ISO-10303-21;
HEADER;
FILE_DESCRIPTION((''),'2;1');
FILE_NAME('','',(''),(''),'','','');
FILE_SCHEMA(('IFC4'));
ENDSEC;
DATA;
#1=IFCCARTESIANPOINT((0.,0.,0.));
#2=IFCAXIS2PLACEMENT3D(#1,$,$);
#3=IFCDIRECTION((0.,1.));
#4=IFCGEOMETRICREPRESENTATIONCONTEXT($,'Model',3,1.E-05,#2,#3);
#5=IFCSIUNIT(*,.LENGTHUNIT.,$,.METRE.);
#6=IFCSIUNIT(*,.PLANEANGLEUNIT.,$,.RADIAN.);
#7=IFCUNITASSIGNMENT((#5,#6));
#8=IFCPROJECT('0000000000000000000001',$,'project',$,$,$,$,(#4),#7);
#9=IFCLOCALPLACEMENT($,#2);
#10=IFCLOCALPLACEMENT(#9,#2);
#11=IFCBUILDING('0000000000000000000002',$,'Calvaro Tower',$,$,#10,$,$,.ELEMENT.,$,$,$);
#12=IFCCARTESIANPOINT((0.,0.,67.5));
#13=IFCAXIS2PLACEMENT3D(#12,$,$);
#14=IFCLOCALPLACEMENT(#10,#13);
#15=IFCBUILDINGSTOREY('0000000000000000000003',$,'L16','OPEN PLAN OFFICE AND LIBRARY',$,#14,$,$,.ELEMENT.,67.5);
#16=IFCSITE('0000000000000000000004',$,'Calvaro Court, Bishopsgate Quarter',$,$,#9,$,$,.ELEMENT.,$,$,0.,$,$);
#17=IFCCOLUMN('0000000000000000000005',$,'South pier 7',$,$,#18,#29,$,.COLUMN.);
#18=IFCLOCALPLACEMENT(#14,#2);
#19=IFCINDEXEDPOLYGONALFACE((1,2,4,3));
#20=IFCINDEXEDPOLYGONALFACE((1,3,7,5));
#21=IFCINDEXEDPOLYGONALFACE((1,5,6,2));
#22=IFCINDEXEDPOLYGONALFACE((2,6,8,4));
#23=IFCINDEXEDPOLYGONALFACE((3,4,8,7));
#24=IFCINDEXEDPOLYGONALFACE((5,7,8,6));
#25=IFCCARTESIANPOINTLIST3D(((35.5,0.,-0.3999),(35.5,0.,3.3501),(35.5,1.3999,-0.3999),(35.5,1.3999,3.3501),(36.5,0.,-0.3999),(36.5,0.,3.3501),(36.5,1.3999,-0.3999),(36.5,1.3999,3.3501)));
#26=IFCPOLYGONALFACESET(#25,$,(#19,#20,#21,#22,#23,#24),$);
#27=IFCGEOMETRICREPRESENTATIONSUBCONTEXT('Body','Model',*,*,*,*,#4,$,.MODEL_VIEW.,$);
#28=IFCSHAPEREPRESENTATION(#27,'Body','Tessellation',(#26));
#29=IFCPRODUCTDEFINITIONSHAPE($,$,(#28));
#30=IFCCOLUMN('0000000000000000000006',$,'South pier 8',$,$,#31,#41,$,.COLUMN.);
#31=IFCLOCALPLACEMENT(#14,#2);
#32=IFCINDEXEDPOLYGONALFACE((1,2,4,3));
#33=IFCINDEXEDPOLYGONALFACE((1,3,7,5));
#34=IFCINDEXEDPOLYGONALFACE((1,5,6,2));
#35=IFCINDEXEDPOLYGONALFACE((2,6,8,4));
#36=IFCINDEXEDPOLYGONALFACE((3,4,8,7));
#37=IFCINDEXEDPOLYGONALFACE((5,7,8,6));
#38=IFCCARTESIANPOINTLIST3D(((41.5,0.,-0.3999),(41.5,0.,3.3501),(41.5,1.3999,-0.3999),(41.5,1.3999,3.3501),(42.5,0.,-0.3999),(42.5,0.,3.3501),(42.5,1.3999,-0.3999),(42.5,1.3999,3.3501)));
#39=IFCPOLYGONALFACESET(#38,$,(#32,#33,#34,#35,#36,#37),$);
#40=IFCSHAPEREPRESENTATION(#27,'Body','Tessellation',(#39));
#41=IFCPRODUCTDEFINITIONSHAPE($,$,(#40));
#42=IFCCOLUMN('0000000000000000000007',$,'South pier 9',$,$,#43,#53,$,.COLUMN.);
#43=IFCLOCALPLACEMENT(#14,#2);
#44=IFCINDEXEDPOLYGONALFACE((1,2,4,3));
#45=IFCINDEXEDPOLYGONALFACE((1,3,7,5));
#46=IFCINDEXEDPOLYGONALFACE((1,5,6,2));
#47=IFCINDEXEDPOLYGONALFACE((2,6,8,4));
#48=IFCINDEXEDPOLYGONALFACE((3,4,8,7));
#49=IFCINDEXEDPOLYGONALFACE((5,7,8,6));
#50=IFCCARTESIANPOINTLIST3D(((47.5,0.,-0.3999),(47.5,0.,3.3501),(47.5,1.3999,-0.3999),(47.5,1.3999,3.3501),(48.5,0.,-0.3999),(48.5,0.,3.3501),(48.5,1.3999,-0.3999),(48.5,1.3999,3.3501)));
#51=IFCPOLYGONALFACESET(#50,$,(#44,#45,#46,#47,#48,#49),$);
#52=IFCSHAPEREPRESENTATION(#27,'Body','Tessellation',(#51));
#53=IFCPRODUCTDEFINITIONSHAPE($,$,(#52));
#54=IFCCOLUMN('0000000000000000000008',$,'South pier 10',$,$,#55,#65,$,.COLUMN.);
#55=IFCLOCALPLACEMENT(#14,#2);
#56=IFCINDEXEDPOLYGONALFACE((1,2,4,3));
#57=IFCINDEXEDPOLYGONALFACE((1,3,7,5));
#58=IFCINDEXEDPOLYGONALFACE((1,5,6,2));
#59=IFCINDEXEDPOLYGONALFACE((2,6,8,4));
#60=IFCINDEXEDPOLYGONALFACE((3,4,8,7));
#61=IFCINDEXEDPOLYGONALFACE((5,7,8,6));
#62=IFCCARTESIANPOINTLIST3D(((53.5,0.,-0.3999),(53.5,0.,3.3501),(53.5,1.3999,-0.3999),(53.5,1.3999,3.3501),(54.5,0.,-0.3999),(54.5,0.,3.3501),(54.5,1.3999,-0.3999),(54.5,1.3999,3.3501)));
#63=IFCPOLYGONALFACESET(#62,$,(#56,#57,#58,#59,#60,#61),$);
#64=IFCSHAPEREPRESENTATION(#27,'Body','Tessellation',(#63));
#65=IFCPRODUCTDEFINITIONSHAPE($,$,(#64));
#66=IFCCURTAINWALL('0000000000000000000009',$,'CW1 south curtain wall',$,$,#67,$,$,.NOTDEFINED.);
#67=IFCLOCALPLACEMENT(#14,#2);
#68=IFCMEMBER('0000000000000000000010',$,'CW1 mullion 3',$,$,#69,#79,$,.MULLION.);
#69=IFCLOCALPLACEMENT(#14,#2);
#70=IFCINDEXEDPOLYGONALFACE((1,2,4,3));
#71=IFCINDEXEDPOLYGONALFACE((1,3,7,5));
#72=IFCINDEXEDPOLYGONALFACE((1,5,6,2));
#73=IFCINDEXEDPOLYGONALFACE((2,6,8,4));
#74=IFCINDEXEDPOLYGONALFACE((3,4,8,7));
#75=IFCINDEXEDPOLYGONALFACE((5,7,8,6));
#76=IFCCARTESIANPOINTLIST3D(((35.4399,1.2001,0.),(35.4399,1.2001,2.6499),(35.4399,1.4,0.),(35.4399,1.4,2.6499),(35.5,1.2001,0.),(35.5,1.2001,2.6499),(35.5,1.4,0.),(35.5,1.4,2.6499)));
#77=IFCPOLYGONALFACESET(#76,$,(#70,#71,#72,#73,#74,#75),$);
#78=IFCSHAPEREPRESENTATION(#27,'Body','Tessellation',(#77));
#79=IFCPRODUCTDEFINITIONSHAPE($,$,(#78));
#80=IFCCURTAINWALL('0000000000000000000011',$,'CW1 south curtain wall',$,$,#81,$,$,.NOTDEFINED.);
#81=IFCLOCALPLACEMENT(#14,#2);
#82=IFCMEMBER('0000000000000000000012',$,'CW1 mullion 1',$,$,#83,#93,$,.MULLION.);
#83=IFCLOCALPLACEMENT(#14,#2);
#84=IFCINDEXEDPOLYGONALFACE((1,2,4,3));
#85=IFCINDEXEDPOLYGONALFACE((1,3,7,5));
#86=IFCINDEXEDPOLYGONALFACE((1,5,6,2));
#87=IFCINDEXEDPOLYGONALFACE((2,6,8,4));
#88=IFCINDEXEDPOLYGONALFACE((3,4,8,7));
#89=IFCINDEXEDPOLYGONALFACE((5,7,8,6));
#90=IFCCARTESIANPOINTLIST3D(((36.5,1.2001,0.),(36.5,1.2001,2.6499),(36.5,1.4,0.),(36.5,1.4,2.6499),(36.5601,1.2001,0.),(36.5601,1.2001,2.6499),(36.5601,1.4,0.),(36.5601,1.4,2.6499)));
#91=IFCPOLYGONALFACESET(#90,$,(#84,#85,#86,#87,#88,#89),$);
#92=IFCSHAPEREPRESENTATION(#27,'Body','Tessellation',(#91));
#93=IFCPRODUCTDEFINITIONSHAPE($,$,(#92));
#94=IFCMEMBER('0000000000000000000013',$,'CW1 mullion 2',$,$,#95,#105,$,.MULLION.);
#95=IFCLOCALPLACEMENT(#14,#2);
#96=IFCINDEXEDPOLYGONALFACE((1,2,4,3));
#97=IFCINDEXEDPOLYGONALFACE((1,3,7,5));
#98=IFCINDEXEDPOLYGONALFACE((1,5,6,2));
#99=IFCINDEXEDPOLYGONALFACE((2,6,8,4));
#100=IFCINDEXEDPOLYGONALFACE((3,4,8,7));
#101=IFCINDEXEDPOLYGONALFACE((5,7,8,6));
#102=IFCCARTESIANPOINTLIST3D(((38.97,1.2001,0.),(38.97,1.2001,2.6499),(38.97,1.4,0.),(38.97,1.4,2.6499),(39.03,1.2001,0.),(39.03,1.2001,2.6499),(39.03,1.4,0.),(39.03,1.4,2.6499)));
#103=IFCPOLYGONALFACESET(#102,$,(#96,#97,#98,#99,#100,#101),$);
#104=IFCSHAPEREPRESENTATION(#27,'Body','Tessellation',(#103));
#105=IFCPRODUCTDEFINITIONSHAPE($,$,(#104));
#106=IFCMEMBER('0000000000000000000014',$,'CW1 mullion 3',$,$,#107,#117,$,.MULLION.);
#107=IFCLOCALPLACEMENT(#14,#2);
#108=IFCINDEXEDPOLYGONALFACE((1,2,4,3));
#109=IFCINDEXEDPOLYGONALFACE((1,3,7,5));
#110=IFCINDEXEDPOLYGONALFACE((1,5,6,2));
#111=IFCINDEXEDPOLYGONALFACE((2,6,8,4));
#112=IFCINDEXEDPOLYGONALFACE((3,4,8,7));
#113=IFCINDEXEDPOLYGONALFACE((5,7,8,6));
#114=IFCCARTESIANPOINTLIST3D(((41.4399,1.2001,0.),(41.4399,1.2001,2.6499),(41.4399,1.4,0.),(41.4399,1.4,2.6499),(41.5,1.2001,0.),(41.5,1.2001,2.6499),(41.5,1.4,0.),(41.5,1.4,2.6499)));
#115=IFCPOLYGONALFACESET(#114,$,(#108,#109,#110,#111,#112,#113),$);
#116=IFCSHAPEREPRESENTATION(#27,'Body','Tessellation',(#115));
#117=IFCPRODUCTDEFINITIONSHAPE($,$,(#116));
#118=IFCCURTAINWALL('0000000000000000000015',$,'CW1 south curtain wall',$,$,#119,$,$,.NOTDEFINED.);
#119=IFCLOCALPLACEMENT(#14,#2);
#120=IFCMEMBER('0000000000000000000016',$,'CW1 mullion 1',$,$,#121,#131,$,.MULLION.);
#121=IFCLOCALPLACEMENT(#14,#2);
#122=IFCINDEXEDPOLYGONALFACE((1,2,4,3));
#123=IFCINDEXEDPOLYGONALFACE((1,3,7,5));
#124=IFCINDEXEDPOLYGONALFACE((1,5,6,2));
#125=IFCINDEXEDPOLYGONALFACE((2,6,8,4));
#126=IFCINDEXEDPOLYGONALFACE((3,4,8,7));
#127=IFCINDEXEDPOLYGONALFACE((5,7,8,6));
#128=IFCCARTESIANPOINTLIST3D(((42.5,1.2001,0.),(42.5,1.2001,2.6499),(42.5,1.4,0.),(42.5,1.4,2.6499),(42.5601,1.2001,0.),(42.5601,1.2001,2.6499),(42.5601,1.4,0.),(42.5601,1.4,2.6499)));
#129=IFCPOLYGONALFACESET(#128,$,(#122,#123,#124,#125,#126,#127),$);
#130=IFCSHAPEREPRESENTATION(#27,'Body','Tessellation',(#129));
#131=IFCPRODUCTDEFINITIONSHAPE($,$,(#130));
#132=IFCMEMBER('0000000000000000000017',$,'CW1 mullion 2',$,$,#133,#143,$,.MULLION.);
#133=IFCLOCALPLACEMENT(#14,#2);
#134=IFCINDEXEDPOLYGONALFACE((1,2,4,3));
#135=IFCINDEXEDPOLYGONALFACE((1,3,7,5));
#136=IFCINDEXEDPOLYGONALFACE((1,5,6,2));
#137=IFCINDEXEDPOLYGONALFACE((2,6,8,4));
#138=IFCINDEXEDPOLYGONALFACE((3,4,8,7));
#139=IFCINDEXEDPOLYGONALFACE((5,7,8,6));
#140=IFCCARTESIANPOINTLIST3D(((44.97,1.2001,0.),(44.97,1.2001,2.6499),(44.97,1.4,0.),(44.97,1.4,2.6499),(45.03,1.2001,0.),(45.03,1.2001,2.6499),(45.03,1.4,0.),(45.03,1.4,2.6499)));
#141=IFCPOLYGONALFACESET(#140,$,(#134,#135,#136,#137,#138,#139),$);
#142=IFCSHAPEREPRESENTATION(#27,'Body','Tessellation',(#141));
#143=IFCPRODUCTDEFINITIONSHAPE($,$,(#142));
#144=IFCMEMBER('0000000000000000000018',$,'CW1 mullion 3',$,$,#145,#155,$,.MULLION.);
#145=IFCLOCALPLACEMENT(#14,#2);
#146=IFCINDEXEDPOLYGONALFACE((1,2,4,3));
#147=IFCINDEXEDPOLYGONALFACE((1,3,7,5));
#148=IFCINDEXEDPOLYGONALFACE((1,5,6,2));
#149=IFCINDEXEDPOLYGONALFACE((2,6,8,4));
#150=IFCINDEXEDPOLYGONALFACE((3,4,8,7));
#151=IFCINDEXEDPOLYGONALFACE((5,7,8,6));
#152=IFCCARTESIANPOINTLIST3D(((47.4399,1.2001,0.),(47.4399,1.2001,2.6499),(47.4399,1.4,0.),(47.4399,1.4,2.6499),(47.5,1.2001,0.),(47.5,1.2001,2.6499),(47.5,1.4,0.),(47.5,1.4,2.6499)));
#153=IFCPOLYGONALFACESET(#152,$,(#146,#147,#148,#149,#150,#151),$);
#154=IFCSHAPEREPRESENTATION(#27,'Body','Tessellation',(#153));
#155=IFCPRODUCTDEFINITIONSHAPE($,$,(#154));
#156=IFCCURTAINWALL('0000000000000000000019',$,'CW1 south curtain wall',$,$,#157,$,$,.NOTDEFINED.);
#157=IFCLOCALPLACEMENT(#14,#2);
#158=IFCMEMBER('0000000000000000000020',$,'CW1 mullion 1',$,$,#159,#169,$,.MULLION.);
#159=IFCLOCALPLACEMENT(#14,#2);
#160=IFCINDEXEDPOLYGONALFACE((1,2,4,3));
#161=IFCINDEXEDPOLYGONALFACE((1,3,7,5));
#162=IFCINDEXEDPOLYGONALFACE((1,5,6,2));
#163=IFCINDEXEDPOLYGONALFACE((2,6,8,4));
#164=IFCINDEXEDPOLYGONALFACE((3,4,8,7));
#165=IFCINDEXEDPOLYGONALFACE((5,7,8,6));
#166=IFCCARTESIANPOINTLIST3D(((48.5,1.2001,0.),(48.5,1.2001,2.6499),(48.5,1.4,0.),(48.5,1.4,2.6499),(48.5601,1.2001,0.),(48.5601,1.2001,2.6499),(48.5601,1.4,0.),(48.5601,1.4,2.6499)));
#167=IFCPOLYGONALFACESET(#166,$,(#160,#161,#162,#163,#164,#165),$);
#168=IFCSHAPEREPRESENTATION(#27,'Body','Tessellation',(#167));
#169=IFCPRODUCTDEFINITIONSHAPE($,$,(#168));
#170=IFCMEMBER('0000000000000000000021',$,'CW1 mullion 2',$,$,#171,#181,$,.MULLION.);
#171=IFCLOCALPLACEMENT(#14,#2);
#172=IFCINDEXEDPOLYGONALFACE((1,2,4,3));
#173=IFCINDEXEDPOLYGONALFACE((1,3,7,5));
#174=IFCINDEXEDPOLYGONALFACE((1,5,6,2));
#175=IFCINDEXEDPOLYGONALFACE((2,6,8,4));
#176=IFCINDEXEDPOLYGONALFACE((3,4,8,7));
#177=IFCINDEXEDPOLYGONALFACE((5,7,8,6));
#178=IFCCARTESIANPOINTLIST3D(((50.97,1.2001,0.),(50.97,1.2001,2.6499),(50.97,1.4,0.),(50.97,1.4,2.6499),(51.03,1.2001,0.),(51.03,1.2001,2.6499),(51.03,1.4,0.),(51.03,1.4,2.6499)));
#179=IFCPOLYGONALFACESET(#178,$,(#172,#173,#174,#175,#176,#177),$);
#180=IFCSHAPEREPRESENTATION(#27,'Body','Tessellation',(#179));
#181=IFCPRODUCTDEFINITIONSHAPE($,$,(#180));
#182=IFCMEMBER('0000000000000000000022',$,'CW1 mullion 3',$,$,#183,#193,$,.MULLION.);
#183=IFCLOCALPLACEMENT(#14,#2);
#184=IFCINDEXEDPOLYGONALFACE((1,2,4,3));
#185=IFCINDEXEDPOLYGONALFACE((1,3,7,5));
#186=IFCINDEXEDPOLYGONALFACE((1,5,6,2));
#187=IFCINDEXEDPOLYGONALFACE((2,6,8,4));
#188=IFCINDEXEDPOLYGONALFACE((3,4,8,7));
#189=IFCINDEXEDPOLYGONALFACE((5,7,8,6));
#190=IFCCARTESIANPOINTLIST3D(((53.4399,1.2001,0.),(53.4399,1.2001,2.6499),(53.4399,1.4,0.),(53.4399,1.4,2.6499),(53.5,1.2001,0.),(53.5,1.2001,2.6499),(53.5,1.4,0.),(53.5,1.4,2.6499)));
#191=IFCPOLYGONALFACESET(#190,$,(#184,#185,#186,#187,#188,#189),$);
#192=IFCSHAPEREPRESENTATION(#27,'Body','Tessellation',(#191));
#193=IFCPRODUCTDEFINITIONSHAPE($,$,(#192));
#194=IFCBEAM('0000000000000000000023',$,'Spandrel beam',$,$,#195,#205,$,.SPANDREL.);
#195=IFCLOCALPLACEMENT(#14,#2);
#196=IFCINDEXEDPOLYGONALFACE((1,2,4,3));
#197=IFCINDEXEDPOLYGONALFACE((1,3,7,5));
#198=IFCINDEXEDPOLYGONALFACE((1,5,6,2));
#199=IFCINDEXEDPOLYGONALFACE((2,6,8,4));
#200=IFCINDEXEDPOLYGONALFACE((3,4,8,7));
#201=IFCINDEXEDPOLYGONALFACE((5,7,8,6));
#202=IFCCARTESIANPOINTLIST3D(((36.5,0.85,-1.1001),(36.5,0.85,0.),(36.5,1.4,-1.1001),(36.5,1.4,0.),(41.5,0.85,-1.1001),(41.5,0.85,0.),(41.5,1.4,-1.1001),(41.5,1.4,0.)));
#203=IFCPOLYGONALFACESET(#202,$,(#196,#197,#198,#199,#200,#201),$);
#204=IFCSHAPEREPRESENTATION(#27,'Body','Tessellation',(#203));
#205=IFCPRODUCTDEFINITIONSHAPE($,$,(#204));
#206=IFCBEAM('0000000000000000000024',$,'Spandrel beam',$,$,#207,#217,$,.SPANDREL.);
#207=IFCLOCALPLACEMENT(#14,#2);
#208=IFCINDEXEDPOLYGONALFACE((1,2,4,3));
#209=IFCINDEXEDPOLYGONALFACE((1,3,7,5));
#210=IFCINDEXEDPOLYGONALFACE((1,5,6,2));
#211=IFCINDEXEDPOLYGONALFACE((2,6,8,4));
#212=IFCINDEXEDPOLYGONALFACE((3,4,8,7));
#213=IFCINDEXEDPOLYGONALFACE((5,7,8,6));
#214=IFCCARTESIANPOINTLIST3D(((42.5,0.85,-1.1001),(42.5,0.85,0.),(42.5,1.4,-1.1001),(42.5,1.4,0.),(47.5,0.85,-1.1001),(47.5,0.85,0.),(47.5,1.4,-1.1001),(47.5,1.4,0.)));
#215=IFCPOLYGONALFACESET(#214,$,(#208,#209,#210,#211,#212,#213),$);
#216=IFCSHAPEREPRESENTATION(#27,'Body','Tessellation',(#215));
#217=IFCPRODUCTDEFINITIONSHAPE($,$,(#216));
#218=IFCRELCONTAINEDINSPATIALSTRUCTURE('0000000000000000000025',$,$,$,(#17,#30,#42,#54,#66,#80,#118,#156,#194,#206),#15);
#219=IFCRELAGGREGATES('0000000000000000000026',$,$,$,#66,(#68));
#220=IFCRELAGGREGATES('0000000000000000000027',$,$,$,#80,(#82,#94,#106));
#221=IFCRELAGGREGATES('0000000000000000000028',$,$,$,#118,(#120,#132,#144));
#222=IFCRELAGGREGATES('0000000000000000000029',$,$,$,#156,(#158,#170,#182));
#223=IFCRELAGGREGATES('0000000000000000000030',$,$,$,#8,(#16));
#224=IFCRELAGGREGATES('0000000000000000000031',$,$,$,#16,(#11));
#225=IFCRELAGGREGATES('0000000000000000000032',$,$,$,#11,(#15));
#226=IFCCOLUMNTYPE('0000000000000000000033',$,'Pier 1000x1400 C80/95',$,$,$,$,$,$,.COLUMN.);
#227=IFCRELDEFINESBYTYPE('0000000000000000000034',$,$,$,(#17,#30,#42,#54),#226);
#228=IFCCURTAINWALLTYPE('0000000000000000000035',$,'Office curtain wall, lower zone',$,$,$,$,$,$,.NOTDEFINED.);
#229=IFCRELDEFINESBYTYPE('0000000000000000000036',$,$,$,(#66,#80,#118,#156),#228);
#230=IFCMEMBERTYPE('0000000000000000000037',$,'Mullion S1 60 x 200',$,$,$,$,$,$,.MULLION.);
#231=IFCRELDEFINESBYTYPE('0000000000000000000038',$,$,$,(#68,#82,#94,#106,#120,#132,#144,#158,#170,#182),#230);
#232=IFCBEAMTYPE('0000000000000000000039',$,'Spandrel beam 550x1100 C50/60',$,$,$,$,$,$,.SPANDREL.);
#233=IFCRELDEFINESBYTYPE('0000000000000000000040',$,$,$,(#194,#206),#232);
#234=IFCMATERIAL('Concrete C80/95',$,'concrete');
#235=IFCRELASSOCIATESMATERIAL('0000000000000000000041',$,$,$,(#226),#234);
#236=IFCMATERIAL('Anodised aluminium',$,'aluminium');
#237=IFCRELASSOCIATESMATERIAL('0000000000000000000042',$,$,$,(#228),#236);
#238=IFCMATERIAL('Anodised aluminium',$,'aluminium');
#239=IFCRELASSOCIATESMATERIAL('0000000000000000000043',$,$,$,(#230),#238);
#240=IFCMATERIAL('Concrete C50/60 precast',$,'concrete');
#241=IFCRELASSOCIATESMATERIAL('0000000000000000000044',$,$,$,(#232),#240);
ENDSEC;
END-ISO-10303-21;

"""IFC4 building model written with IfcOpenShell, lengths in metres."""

from ifc_helpers import new_model, si_unit, direction, frame, origin, origin_2d, place, context, subcontext, project, spatial, rectangle, extrude, material, material_profile, profile_set, type_object, element, aggregate, save


model = new_model("IFC4")

# Units and contexts
model_context = context("Model", 3, precision=1e-05, world=origin(), true_north=direction((0.0, 1.0)))
body_context = subcontext(model_context, "Body", "Model", "MODEL_VIEW")
ifc_project = project(units=[si_unit("LENGTHUNIT", "METRE"), si_unit("PLANEANGLEUNIT", "RADIAN")], contexts=[model_context])

# Site, building, storey
site_placement = place(None, origin())
site = spatial("IfcSite", under=ifc_project, at=site_placement, Name="Calvaro Court, Bishopsgate Quarter", CompositionType="ELEMENT", RefElevation=0.0)
building_placement = place(site_placement, origin())
building = spatial("IfcBuilding", under=site, at=building_placement, Name="Calvaro Tower", CompositionType="ELEMENT")
storey_placement = place(building_placement, frame((0.0, 0.0, 67.5)))
storey = spatial("IfcBuildingStorey", under=building, at=storey_placement, Name="L16", Description="OPEN PLAN OFFICE AND LIBRARY", CompositionType="ELEMENT", Elevation=67.5)

# Columns
ifc_material_1 = material(Name="Concrete C80/95", Category="concrete")
ifc_material_profile_1 = material_profile(ifc_material_1, rectangle(XDim=1.0, YDim=1.3999, at=origin_2d()), Name="RC 1000x1400")
ifc_profile_set_1 = profile_set([ifc_material_profile_1], Name="Concrete C80/95")
column_type = type_object("IfcColumnType", Name="Pier 1000x1400 C80/95", PredefinedType="COLUMN", material=ifc_profile_set_1)
for number, where, z_axis, x_axis, name in (
    (1, (36.0, 0.7, -0.3999), (0.0, 0.0, 1.0), (1.0, 0.0, 0.0), "South pier 7"),
    (2, (42.0, 0.7, -0.3999), (0.0, 0.0, 1.0), (1.0, 0.0, 0.0), "South pier 8"),
    (3, (48.0, 0.7, -0.3999), (0.0, 0.0, 1.0), (1.0, 0.0, 0.0), "South pier 9"),
    (4, (54.0, 0.7, -0.3999), (0.0, 0.0, 1.0), (1.0, 0.0, 0.0), "South pier 10"),
):
    element("IfcColumn", number, at=place(storey_placement, frame(where, z_axis=z_axis, x_axis=x_axis)), inside=storey, type_object=column_type, Name=name, PredefinedType="COLUMN", context=body_context, shape_type="SweptSolid", body=[
        extrude(rectangle(XDim=1.0, YDim=1.3999, at=origin_2d()), origin(), (0.0, 0.0, 1.0), 3.75),
    ])

# Curtain wall, member
ifc_material_2 = material(Name="Anodised aluminium", Category="aluminium")
curtain_wall_type = type_object("IfcCurtainWallType", Name="Office curtain wall, lower zone", PredefinedType="NOTDEFINED", material=ifc_material_2)
curtain_wall_1_placement = place(storey_placement, origin())
curtain_wall_1 = element("IfcCurtainWall", 5, at=curtain_wall_1_placement, inside=storey, type_object=curtain_wall_type, Name="CW1 south curtain wall", PredefinedType="NOTDEFINED")
ifc_material_3 = material(Name="Anodised aluminium", Category="aluminium")
ifc_material_profile_2 = material_profile(ifc_material_3, rectangle(XDim=0.2, YDim=0.0601, at=origin_2d()), Name="Mullion S1 60 x 200")
ifc_profile_set_2 = profile_set([ifc_material_profile_2], Name="Anodised aluminium")
member_type_1 = type_object("IfcMemberType", Name="Mullion S1 60 x 200", PredefinedType="MULLION", material=ifc_profile_set_2)
member_1_placement = place(storey_placement, frame((35.47, 1.3, 0.0), z_axis=(0.0, 0.0, 1.0), x_axis=(0.0, 1.0, 0.0)))
member_1 = element("IfcMember", 6, at=member_1_placement, type_object=member_type_1, Name="CW1 mullion 3", PredefinedType="MULLION", context=body_context, shape_type="SweptSolid", body=[
    extrude(rectangle(XDim=0.2, YDim=0.0601, at=origin_2d()), origin(), (0.0, 0.0, 1.0), 2.6499),
])
aggregate(curtain_wall_1, [member_1])

# Curtain walls, members
curtain_wall_2_placement = place(storey_placement, origin())
curtain_wall_2 = element("IfcCurtainWall", 7, at=curtain_wall_2_placement, inside=storey, type_object=curtain_wall_type, Name="CW1 south curtain wall", PredefinedType="NOTDEFINED")
member_2_placement = place(storey_placement, frame((36.53, 1.3, 0.0), z_axis=(0.0, 0.0, 1.0), x_axis=(0.0, 1.0, 0.0)))
member_2 = element("IfcMember", 8, at=member_2_placement, type_object=member_type_1, Name="CW1 mullion 1", PredefinedType="MULLION", context=body_context, shape_type="SweptSolid", body=[
    extrude(rectangle(XDim=0.2, YDim=0.0601, at=origin_2d()), origin(), (0.0, 0.0, 1.0), 2.6499),
])
member_3_placement = place(storey_placement, frame((39.0, 1.3, 0.0), z_axis=(0.0, 0.0, 1.0), x_axis=(0.0, 1.0, 0.0)))
member_3 = element("IfcMember", 9, at=member_3_placement, type_object=member_type_1, Name="CW1 mullion 2", PredefinedType="MULLION", context=body_context, shape_type="SweptSolid", body=[
    extrude(rectangle(XDim=0.2, YDim=0.0601, at=origin_2d()), origin(), (0.0, 0.0, 1.0), 2.6499),
])
member_4_placement = place(storey_placement, frame((41.47, 1.3, 0.0), z_axis=(0.0, 0.0, 1.0), x_axis=(0.0, 1.0, 0.0)))
member_4 = element("IfcMember", 10, at=member_4_placement, type_object=member_type_1, Name="CW1 mullion 3", PredefinedType="MULLION", context=body_context, shape_type="SweptSolid", body=[
    extrude(rectangle(XDim=0.2, YDim=0.0601, at=origin_2d()), origin(), (0.0, 0.0, 1.0), 2.6499),
])
curtain_wall_3_placement = place(storey_placement, origin())
curtain_wall_3 = element("IfcCurtainWall", 11, at=curtain_wall_3_placement, inside=storey, type_object=curtain_wall_type, Name="CW1 south curtain wall", PredefinedType="NOTDEFINED")
member_5_placement = place(storey_placement, frame((42.53, 1.3, 0.0), z_axis=(0.0, 0.0, 1.0), x_axis=(0.0, 1.0, 0.0)))
member_5 = element("IfcMember", 12, at=member_5_placement, type_object=member_type_1, Name="CW1 mullion 1", PredefinedType="MULLION", context=body_context, shape_type="SweptSolid", body=[
    extrude(rectangle(XDim=0.2, YDim=0.0601, at=origin_2d()), origin(), (0.0, 0.0, 1.0), 2.6499),
])
member_6_placement = place(storey_placement, frame((45.0, 1.3, 0.0), z_axis=(0.0, 0.0, 1.0), x_axis=(0.0, 1.0, 0.0)))
member_6 = element("IfcMember", 13, at=member_6_placement, type_object=member_type_1, Name="CW1 mullion 2", PredefinedType="MULLION", context=body_context, shape_type="SweptSolid", body=[
    extrude(rectangle(XDim=0.2, YDim=0.0601, at=origin_2d()), origin(), (0.0, 0.0, 1.0), 2.6499),
])
member_7_placement = place(storey_placement, frame((47.47, 1.3, 0.0), z_axis=(0.0, 0.0, 1.0), x_axis=(0.0, 1.0, 0.0)))
member_7 = element("IfcMember", 14, at=member_7_placement, type_object=member_type_1, Name="CW1 mullion 3", PredefinedType="MULLION", context=body_context, shape_type="SweptSolid", body=[
    extrude(rectangle(XDim=0.2, YDim=0.0601, at=origin_2d()), origin(), (0.0, 0.0, 1.0), 2.6499),
])
curtain_wall_4_placement = place(storey_placement, origin())
curtain_wall_4 = element("IfcCurtainWall", 15, at=curtain_wall_4_placement, inside=storey, type_object=curtain_wall_type, Name="CW1 south curtain wall", PredefinedType="NOTDEFINED")
member_8_placement = place(storey_placement, frame((48.53, 1.3, 0.0), z_axis=(0.0, 0.0, 1.0), x_axis=(0.0, 1.0, 0.0)))
member_8 = element("IfcMember", 16, at=member_8_placement, type_object=member_type_1, Name="CW1 mullion 1", PredefinedType="MULLION", context=body_context, shape_type="SweptSolid", body=[
    extrude(rectangle(XDim=0.2, YDim=0.0601, at=origin_2d()), origin(), (0.0, 0.0, 1.0), 2.6499),
])
member_9_placement = place(storey_placement, frame((51.0, 1.3, 0.0), z_axis=(0.0, 0.0, 1.0), x_axis=(0.0, 1.0, 0.0)))
member_9 = element("IfcMember", 17, at=member_9_placement, type_object=member_type_1, Name="CW1 mullion 2", PredefinedType="MULLION", context=body_context, shape_type="SweptSolid", body=[
    extrude(rectangle(XDim=0.2, YDim=0.0601, at=origin_2d()), origin(), (0.0, 0.0, 1.0), 2.6499),
])
member_10_placement = place(storey_placement, frame((53.47, 1.3, 0.0), z_axis=(0.0, 0.0, 1.0), x_axis=(0.0, 1.0, 0.0)))
member_10 = element("IfcMember", 18, at=member_10_placement, type_object=member_type_1, Name="CW1 mullion 3", PredefinedType="MULLION", context=body_context, shape_type="SweptSolid", body=[
    extrude(rectangle(XDim=0.2, YDim=0.0601, at=origin_2d()), origin(), (0.0, 0.0, 1.0), 2.6499),
])

# Beams
ifc_material_4 = material(Name="Concrete C50/60 precast", Category="concrete")
ifc_material_profile_3 = material_profile(ifc_material_4, rectangle(XDim=0.55, YDim=1.1001, at=origin_2d()), Name="RC 550x1100")
ifc_profile_set_3 = profile_set([ifc_material_profile_3], Name="Concrete C50/60 precast")
beam_type = type_object("IfcBeamType", Name="Spandrel beam 550x1100 C50/60", PredefinedType="SPANDREL", material=ifc_profile_set_3)
for number, where, z_axis, x_axis, name in (
    (19, (36.5, 1.125, -0.55), (1.0, 0.0, 0.0), (0.0, 1.0, 0.0), "Spandrel beam"),
    (20, (42.5, 1.125, -0.55), (1.0, 0.0, 0.0), (0.0, 1.0, 0.0), "Spandrel beam"),
):
    element("IfcBeam", number, at=place(storey_placement, frame(where, z_axis=z_axis, x_axis=x_axis)), inside=storey, type_object=beam_type, Name=name, PredefinedType="SPANDREL", context=body_context, shape_type="SweptSolid", body=[
        extrude(rectangle(XDim=0.55, YDim=1.1001, at=origin_2d()), origin(), (0.0, 0.0, 1.0), 5.0),
    ])

aggregate(curtain_wall_2, [member_2, member_3, member_4])
aggregate(curtain_wall_3, [member_5, member_6, member_7])
aggregate(curtain_wall_4, [member_8, member_9, member_10])

save(model, "model.ifc")
